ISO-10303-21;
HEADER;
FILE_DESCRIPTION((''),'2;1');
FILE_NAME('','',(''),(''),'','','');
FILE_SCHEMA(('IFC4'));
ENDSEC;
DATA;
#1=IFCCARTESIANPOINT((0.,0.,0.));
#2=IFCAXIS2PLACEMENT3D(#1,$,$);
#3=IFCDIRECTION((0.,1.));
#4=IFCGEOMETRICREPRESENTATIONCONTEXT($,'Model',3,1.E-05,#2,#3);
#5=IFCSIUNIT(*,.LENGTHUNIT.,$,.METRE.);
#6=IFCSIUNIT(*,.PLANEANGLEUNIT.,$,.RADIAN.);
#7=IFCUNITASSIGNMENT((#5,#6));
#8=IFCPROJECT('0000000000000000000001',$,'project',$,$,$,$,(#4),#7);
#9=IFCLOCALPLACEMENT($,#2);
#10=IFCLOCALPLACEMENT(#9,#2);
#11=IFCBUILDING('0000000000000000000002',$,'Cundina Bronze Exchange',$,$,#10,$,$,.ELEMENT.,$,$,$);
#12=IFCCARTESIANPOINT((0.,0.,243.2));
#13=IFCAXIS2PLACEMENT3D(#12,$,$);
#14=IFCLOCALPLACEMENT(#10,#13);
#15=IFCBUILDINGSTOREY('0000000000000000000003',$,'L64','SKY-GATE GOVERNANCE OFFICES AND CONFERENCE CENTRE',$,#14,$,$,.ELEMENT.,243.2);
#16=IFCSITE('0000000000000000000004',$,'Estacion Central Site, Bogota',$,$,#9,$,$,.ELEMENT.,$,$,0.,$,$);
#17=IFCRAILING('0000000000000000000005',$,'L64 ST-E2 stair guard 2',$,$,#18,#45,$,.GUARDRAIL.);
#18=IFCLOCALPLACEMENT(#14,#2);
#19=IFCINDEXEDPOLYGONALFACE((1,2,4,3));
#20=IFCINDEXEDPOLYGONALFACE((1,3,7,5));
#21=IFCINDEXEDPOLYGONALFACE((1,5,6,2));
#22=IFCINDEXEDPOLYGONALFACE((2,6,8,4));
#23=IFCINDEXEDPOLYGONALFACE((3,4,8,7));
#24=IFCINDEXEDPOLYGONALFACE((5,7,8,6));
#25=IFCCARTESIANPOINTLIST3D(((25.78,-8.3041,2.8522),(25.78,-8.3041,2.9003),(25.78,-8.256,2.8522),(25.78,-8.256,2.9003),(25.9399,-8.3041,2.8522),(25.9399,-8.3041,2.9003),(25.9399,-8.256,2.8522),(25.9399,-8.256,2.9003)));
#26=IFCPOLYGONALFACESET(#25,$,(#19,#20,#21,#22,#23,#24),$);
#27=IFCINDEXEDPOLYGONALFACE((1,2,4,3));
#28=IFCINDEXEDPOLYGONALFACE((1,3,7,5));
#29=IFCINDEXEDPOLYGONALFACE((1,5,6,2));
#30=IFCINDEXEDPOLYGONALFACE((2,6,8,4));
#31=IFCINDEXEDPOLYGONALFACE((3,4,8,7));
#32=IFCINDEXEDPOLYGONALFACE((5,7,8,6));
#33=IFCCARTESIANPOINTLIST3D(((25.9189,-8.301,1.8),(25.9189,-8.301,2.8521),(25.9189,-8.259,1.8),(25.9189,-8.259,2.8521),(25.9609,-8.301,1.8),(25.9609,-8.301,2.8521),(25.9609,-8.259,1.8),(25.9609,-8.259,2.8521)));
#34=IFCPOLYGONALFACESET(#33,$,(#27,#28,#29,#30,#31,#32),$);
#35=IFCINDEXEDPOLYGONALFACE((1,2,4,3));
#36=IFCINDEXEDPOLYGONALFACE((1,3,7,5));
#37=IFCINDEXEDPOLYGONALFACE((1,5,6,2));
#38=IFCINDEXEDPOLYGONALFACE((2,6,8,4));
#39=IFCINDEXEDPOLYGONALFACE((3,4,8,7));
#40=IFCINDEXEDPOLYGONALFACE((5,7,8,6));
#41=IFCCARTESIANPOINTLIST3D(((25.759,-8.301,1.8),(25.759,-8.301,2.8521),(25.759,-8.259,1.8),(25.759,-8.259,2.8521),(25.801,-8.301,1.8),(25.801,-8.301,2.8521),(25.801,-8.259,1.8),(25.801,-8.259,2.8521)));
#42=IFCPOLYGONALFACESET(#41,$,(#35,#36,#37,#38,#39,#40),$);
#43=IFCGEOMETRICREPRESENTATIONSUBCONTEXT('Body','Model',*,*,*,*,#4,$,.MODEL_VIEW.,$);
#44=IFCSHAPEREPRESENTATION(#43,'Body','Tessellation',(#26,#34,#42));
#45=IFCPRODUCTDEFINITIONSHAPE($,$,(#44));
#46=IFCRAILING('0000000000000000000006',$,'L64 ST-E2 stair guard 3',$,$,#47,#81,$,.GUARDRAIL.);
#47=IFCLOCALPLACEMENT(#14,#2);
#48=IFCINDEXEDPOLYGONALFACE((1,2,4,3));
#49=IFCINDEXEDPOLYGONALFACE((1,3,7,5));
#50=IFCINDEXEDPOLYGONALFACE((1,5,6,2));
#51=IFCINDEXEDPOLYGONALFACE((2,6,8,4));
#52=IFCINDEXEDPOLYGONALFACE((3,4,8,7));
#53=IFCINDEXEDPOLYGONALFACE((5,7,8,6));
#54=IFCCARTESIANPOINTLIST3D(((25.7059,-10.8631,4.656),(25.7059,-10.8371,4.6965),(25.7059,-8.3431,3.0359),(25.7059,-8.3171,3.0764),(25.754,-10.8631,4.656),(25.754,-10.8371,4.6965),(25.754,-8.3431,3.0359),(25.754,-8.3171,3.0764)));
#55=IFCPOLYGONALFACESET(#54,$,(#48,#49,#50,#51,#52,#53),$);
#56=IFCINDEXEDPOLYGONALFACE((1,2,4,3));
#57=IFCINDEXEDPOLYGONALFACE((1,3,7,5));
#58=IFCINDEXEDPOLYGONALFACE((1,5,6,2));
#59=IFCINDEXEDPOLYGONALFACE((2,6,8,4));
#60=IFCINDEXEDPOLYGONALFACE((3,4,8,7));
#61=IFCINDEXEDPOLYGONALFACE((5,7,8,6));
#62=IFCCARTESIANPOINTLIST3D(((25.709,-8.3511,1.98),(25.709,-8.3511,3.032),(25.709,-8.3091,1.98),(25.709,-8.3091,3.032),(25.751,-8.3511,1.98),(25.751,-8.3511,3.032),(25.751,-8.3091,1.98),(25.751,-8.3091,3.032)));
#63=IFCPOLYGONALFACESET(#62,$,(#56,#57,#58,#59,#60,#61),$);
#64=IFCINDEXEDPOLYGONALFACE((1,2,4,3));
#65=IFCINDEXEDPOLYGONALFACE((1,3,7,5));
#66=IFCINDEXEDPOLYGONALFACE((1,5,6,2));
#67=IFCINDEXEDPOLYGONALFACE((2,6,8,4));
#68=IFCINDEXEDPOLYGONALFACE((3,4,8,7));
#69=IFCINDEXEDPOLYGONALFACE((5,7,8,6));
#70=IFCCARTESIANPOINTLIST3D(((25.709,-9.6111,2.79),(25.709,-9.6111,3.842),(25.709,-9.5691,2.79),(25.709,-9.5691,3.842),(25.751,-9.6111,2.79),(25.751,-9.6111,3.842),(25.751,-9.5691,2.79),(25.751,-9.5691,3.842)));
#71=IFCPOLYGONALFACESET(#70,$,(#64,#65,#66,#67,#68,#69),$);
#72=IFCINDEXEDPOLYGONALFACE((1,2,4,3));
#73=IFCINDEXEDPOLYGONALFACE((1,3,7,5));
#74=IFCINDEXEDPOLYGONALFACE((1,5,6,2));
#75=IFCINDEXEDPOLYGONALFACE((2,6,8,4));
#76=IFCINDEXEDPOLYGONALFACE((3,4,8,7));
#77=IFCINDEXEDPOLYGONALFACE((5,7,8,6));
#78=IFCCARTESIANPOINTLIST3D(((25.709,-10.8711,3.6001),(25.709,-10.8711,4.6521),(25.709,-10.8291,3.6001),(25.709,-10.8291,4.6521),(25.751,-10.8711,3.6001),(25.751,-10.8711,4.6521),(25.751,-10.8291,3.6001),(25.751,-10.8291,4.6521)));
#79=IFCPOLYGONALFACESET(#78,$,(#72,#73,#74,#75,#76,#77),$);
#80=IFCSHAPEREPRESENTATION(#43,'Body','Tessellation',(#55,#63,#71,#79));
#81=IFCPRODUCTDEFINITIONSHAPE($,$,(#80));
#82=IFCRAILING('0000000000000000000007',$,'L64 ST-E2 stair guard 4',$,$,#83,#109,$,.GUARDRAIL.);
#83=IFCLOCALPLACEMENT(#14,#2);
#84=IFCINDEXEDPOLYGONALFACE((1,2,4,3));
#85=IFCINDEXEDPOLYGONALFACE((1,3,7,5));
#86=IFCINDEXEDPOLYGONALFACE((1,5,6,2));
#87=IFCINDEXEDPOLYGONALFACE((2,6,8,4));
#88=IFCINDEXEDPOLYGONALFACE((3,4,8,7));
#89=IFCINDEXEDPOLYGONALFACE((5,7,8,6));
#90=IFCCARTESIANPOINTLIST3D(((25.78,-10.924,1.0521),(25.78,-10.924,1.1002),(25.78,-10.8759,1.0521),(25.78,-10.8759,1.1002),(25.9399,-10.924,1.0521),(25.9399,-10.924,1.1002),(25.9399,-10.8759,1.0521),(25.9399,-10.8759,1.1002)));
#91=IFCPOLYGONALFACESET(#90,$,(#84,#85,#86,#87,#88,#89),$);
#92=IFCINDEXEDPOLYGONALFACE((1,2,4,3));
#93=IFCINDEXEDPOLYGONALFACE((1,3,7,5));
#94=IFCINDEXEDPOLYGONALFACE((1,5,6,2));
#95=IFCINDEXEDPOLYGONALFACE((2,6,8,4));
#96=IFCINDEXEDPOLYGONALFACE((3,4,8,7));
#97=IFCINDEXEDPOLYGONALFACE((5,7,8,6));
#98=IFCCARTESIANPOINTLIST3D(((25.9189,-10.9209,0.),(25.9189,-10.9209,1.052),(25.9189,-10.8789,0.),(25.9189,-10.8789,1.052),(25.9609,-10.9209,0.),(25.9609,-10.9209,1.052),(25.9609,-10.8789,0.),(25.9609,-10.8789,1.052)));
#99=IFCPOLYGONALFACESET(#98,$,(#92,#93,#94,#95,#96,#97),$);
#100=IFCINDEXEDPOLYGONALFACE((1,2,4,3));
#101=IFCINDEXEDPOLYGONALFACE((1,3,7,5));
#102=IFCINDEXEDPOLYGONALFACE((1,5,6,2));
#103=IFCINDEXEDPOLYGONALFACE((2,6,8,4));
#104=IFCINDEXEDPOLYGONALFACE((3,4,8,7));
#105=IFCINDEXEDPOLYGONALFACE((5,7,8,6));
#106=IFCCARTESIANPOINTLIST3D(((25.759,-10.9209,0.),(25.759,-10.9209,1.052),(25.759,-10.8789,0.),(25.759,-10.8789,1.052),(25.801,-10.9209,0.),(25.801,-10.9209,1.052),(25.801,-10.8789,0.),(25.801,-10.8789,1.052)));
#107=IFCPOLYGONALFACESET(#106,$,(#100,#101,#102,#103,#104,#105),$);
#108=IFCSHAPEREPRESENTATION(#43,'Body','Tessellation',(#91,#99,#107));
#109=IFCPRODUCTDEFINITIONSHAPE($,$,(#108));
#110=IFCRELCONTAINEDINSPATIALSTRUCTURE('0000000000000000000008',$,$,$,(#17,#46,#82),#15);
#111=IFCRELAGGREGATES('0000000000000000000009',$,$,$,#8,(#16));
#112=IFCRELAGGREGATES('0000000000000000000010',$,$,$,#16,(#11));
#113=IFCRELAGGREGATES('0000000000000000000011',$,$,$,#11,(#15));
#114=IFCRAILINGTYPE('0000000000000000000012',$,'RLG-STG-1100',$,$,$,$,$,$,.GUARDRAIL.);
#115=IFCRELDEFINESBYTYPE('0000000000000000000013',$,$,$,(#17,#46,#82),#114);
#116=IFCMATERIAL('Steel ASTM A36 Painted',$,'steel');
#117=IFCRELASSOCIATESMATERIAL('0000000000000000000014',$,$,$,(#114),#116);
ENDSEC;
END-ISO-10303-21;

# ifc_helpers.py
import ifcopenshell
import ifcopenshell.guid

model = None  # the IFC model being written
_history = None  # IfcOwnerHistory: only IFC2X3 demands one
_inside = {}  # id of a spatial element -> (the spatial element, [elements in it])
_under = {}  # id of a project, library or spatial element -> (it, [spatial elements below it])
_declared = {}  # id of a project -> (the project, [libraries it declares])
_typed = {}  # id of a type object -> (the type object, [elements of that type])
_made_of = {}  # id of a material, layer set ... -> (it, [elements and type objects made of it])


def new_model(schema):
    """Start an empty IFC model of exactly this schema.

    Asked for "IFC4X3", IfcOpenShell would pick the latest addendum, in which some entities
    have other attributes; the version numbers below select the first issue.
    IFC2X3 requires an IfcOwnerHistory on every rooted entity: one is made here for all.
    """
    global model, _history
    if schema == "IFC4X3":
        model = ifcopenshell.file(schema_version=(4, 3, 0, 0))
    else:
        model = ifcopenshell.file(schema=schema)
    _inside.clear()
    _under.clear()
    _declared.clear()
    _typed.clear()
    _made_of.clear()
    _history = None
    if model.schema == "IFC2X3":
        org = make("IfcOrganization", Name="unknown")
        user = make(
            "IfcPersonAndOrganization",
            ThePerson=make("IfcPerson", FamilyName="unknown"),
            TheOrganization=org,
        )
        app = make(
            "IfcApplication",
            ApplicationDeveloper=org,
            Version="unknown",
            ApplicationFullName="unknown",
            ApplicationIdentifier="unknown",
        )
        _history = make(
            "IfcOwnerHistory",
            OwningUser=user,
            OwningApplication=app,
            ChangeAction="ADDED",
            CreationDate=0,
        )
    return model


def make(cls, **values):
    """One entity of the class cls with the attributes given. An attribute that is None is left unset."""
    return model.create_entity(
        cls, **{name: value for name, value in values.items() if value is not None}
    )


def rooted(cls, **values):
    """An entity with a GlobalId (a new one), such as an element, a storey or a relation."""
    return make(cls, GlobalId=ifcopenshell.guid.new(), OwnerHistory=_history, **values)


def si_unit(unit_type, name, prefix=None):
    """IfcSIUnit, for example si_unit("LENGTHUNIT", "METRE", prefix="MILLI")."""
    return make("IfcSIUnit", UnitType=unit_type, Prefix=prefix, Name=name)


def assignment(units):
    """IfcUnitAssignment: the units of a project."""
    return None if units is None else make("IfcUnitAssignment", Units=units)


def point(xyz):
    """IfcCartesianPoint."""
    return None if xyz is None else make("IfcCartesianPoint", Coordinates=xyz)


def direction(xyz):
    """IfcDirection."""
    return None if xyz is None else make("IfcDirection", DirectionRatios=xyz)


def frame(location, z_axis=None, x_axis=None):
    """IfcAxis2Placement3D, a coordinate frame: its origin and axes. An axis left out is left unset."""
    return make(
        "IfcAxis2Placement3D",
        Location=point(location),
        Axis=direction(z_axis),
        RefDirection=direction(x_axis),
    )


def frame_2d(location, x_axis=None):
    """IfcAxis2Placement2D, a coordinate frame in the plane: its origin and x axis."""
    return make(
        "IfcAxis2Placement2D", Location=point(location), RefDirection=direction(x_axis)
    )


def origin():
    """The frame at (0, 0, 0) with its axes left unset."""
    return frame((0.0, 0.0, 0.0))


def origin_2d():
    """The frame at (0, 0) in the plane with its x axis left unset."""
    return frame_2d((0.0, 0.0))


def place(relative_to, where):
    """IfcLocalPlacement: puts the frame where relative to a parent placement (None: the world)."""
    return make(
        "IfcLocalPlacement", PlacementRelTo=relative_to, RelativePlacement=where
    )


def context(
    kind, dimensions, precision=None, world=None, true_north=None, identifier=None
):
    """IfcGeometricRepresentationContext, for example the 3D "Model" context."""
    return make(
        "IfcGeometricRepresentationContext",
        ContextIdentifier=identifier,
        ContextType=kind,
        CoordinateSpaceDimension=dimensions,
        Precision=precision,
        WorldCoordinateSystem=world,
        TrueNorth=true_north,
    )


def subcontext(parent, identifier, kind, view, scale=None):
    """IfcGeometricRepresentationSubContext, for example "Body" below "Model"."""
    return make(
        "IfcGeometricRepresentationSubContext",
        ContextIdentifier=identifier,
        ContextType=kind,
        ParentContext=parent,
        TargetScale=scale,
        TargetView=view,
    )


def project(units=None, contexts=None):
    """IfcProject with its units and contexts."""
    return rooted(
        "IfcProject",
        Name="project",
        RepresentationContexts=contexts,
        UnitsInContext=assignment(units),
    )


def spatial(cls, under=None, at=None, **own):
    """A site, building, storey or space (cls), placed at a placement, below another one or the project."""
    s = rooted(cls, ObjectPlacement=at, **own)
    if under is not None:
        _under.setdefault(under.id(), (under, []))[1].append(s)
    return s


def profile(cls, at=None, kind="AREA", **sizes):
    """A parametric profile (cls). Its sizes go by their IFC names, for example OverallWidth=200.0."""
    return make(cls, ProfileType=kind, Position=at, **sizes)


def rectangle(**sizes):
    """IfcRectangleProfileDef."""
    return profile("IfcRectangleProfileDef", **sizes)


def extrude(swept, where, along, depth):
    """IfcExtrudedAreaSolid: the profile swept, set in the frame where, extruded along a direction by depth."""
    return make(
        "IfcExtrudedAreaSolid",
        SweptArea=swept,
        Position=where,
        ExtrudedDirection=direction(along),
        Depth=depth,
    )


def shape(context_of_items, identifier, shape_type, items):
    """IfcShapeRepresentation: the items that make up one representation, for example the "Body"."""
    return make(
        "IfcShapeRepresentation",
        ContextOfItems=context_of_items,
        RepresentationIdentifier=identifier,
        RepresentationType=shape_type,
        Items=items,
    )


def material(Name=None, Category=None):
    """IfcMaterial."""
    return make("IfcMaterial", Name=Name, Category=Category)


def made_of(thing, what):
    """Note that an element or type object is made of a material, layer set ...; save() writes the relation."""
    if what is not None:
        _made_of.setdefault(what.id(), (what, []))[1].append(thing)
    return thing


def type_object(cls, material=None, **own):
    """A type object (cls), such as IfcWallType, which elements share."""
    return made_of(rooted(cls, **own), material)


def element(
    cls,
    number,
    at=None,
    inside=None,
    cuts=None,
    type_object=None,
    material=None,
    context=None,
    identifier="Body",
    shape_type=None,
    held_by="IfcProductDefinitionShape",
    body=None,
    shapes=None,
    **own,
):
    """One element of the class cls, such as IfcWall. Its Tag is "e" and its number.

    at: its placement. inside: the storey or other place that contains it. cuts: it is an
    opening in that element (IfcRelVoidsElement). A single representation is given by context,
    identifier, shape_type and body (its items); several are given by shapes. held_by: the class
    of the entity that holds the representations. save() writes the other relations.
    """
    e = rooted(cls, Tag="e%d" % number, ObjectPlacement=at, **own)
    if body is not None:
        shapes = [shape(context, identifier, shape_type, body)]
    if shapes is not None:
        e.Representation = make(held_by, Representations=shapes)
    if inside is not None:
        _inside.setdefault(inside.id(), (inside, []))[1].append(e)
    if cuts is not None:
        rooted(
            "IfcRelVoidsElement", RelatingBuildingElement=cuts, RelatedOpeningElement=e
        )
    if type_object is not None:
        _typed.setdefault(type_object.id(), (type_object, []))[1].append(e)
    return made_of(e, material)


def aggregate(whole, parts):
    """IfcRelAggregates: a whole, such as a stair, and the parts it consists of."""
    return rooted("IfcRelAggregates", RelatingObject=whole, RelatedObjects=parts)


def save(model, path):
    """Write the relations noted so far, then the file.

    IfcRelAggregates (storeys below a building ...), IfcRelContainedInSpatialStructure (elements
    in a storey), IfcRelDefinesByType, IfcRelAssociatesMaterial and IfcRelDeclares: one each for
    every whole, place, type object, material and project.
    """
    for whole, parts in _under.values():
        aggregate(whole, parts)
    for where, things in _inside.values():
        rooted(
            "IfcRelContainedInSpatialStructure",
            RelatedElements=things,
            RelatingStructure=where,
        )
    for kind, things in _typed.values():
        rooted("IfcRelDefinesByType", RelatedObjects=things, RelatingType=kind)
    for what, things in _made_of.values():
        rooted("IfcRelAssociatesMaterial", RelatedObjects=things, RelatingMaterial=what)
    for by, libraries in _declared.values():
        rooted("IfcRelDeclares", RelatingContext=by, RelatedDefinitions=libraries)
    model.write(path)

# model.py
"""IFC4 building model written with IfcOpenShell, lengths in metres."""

from ifc_helpers import new_model, si_unit, direction, frame, origin, origin_2d, place, context, subcontext, project, spatial, rectangle, extrude, material, type_object, element, save


model = new_model("IFC4")

# Units and contexts
model_context = context("Model", 3, precision=1e-05, world=origin(), true_north=direction((0.0, 1.0)))
body_context = subcontext(model_context, "Body", "Model", "MODEL_VIEW")
ifc_project = project(units=[si_unit("LENGTHUNIT", "METRE"), si_unit("PLANEANGLEUNIT", "RADIAN")], contexts=[model_context])

# Site, building, storey
site_placement = place(None, origin())
site = spatial("IfcSite", under=ifc_project, at=site_placement, Name="Estacion Central Site, Bogota", CompositionType="ELEMENT", RefElevation=0.0)
building_placement = place(site_placement, origin())
building = spatial("IfcBuilding", under=site, at=building_placement, Name="Cundina Bronze Exchange", CompositionType="ELEMENT")
storey_placement = place(building_placement, frame((0.0, 0.0, 243.2)))
storey = spatial("IfcBuildingStorey", under=building, at=storey_placement, Name="L64", Description="SKY-GATE GOVERNANCE OFFICES AND CONFERENCE CENTRE", CompositionType="ELEMENT", Elevation=243.2)

# Shared definitions
ifc_material_1 = material(Name="Steel ASTM A36 Painted", Category="steel")

# Railings
railing_type_1 = type_object("IfcRailingType", Name="RLG-STG-1100", PredefinedType="GUARDRAIL", material=ifc_material_1)
railing_1_placement = place(storey_placement, frame((25.9399, -8.28, 1.8)))
element("IfcRailing", 1, at=railing_1_placement, inside=storey, type_object=railing_type_1, Name="L64 ST-E2 stair guard 2", PredefinedType="GUARDRAIL", context=body_context, shape_type="SweptSolid", body=[
    extrude(rectangle(XDim=0.0481, YDim=0.0481, at=origin_2d()), frame((0.0, 0.0, 1.0762), z_axis=(-1.0, 0.0, 0.0), x_axis=(0.0, -1.0, 0.0)), (0.0, 0.0, 1.0), 0.1599),
    extrude(rectangle(XDim=0.042, YDim=0.042, at=origin_2d()), origin(), (0.0, 0.0, 1.0), 1.052),
    extrude(rectangle(XDim=0.042, YDim=0.042, at=origin_2d()), frame((-0.1599, 0.0, 0.0)), (0.0, 0.0, 1.0), 1.052),
])
railing_2_placement = place(storey_placement, frame((25.73, -8.3301, 1.98)))
element("IfcRailing", 2, at=railing_2_placement, inside=storey, type_object=railing_type_1, Name="L64 ST-E2 stair guard 3", PredefinedType="GUARDRAIL", context=body_context, shape_type="SweptSolid", body=[
    extrude(rectangle(XDim=0.0481, YDim=0.0481, at=origin_2d()), frame((0.0, 0.0, 1.0762), z_axis=(0.0, -0.841163, 0.540782), x_axis=(1.0, 0.0, 0.0)), (0.0, 0.0, 1.0), 2.9958),
    extrude(rectangle(XDim=0.042, YDim=0.042, at=origin_2d()), origin(), (0.0, 0.0, 1.0), 1.052),
    extrude(rectangle(XDim=0.042, YDim=0.042, at=origin_2d()), frame((0.0, -1.26, 0.8101)), (0.0, 0.0, 1.0), 1.052),
    extrude(rectangle(XDim=0.042, YDim=0.042, at=origin_2d()), frame((0.0, -2.52, 1.6201)), (0.0, 0.0, 1.0), 1.052),
])
railing_3_placement = place(storey_placement, frame((25.9399, -10.8999, 0.0)))
element("IfcRailing", 3, at=railing_3_placement, inside=storey, type_object=railing_type_1, Name="L64 ST-E2 stair guard 4", PredefinedType="GUARDRAIL", context=body_context, shape_type="SweptSolid", body=[
    extrude(rectangle(XDim=0.0481, YDim=0.0481, at=origin_2d()), frame((0.0, 0.0, 1.0762), z_axis=(-1.0, 0.0, 0.0), x_axis=(0.0, -1.0, 0.0)), (0.0, 0.0, 1.0), 0.1599),
    extrude(rectangle(XDim=0.042, YDim=0.042, at=origin_2d()), origin(), (0.0, 0.0, 1.0), 1.052),
    extrude(rectangle(XDim=0.042, YDim=0.042, at=origin_2d()), frame((-0.1599, 0.0, 0.0)), (0.0, 0.0, 1.0), 1.052),
])

save(model, "model.ifc")
